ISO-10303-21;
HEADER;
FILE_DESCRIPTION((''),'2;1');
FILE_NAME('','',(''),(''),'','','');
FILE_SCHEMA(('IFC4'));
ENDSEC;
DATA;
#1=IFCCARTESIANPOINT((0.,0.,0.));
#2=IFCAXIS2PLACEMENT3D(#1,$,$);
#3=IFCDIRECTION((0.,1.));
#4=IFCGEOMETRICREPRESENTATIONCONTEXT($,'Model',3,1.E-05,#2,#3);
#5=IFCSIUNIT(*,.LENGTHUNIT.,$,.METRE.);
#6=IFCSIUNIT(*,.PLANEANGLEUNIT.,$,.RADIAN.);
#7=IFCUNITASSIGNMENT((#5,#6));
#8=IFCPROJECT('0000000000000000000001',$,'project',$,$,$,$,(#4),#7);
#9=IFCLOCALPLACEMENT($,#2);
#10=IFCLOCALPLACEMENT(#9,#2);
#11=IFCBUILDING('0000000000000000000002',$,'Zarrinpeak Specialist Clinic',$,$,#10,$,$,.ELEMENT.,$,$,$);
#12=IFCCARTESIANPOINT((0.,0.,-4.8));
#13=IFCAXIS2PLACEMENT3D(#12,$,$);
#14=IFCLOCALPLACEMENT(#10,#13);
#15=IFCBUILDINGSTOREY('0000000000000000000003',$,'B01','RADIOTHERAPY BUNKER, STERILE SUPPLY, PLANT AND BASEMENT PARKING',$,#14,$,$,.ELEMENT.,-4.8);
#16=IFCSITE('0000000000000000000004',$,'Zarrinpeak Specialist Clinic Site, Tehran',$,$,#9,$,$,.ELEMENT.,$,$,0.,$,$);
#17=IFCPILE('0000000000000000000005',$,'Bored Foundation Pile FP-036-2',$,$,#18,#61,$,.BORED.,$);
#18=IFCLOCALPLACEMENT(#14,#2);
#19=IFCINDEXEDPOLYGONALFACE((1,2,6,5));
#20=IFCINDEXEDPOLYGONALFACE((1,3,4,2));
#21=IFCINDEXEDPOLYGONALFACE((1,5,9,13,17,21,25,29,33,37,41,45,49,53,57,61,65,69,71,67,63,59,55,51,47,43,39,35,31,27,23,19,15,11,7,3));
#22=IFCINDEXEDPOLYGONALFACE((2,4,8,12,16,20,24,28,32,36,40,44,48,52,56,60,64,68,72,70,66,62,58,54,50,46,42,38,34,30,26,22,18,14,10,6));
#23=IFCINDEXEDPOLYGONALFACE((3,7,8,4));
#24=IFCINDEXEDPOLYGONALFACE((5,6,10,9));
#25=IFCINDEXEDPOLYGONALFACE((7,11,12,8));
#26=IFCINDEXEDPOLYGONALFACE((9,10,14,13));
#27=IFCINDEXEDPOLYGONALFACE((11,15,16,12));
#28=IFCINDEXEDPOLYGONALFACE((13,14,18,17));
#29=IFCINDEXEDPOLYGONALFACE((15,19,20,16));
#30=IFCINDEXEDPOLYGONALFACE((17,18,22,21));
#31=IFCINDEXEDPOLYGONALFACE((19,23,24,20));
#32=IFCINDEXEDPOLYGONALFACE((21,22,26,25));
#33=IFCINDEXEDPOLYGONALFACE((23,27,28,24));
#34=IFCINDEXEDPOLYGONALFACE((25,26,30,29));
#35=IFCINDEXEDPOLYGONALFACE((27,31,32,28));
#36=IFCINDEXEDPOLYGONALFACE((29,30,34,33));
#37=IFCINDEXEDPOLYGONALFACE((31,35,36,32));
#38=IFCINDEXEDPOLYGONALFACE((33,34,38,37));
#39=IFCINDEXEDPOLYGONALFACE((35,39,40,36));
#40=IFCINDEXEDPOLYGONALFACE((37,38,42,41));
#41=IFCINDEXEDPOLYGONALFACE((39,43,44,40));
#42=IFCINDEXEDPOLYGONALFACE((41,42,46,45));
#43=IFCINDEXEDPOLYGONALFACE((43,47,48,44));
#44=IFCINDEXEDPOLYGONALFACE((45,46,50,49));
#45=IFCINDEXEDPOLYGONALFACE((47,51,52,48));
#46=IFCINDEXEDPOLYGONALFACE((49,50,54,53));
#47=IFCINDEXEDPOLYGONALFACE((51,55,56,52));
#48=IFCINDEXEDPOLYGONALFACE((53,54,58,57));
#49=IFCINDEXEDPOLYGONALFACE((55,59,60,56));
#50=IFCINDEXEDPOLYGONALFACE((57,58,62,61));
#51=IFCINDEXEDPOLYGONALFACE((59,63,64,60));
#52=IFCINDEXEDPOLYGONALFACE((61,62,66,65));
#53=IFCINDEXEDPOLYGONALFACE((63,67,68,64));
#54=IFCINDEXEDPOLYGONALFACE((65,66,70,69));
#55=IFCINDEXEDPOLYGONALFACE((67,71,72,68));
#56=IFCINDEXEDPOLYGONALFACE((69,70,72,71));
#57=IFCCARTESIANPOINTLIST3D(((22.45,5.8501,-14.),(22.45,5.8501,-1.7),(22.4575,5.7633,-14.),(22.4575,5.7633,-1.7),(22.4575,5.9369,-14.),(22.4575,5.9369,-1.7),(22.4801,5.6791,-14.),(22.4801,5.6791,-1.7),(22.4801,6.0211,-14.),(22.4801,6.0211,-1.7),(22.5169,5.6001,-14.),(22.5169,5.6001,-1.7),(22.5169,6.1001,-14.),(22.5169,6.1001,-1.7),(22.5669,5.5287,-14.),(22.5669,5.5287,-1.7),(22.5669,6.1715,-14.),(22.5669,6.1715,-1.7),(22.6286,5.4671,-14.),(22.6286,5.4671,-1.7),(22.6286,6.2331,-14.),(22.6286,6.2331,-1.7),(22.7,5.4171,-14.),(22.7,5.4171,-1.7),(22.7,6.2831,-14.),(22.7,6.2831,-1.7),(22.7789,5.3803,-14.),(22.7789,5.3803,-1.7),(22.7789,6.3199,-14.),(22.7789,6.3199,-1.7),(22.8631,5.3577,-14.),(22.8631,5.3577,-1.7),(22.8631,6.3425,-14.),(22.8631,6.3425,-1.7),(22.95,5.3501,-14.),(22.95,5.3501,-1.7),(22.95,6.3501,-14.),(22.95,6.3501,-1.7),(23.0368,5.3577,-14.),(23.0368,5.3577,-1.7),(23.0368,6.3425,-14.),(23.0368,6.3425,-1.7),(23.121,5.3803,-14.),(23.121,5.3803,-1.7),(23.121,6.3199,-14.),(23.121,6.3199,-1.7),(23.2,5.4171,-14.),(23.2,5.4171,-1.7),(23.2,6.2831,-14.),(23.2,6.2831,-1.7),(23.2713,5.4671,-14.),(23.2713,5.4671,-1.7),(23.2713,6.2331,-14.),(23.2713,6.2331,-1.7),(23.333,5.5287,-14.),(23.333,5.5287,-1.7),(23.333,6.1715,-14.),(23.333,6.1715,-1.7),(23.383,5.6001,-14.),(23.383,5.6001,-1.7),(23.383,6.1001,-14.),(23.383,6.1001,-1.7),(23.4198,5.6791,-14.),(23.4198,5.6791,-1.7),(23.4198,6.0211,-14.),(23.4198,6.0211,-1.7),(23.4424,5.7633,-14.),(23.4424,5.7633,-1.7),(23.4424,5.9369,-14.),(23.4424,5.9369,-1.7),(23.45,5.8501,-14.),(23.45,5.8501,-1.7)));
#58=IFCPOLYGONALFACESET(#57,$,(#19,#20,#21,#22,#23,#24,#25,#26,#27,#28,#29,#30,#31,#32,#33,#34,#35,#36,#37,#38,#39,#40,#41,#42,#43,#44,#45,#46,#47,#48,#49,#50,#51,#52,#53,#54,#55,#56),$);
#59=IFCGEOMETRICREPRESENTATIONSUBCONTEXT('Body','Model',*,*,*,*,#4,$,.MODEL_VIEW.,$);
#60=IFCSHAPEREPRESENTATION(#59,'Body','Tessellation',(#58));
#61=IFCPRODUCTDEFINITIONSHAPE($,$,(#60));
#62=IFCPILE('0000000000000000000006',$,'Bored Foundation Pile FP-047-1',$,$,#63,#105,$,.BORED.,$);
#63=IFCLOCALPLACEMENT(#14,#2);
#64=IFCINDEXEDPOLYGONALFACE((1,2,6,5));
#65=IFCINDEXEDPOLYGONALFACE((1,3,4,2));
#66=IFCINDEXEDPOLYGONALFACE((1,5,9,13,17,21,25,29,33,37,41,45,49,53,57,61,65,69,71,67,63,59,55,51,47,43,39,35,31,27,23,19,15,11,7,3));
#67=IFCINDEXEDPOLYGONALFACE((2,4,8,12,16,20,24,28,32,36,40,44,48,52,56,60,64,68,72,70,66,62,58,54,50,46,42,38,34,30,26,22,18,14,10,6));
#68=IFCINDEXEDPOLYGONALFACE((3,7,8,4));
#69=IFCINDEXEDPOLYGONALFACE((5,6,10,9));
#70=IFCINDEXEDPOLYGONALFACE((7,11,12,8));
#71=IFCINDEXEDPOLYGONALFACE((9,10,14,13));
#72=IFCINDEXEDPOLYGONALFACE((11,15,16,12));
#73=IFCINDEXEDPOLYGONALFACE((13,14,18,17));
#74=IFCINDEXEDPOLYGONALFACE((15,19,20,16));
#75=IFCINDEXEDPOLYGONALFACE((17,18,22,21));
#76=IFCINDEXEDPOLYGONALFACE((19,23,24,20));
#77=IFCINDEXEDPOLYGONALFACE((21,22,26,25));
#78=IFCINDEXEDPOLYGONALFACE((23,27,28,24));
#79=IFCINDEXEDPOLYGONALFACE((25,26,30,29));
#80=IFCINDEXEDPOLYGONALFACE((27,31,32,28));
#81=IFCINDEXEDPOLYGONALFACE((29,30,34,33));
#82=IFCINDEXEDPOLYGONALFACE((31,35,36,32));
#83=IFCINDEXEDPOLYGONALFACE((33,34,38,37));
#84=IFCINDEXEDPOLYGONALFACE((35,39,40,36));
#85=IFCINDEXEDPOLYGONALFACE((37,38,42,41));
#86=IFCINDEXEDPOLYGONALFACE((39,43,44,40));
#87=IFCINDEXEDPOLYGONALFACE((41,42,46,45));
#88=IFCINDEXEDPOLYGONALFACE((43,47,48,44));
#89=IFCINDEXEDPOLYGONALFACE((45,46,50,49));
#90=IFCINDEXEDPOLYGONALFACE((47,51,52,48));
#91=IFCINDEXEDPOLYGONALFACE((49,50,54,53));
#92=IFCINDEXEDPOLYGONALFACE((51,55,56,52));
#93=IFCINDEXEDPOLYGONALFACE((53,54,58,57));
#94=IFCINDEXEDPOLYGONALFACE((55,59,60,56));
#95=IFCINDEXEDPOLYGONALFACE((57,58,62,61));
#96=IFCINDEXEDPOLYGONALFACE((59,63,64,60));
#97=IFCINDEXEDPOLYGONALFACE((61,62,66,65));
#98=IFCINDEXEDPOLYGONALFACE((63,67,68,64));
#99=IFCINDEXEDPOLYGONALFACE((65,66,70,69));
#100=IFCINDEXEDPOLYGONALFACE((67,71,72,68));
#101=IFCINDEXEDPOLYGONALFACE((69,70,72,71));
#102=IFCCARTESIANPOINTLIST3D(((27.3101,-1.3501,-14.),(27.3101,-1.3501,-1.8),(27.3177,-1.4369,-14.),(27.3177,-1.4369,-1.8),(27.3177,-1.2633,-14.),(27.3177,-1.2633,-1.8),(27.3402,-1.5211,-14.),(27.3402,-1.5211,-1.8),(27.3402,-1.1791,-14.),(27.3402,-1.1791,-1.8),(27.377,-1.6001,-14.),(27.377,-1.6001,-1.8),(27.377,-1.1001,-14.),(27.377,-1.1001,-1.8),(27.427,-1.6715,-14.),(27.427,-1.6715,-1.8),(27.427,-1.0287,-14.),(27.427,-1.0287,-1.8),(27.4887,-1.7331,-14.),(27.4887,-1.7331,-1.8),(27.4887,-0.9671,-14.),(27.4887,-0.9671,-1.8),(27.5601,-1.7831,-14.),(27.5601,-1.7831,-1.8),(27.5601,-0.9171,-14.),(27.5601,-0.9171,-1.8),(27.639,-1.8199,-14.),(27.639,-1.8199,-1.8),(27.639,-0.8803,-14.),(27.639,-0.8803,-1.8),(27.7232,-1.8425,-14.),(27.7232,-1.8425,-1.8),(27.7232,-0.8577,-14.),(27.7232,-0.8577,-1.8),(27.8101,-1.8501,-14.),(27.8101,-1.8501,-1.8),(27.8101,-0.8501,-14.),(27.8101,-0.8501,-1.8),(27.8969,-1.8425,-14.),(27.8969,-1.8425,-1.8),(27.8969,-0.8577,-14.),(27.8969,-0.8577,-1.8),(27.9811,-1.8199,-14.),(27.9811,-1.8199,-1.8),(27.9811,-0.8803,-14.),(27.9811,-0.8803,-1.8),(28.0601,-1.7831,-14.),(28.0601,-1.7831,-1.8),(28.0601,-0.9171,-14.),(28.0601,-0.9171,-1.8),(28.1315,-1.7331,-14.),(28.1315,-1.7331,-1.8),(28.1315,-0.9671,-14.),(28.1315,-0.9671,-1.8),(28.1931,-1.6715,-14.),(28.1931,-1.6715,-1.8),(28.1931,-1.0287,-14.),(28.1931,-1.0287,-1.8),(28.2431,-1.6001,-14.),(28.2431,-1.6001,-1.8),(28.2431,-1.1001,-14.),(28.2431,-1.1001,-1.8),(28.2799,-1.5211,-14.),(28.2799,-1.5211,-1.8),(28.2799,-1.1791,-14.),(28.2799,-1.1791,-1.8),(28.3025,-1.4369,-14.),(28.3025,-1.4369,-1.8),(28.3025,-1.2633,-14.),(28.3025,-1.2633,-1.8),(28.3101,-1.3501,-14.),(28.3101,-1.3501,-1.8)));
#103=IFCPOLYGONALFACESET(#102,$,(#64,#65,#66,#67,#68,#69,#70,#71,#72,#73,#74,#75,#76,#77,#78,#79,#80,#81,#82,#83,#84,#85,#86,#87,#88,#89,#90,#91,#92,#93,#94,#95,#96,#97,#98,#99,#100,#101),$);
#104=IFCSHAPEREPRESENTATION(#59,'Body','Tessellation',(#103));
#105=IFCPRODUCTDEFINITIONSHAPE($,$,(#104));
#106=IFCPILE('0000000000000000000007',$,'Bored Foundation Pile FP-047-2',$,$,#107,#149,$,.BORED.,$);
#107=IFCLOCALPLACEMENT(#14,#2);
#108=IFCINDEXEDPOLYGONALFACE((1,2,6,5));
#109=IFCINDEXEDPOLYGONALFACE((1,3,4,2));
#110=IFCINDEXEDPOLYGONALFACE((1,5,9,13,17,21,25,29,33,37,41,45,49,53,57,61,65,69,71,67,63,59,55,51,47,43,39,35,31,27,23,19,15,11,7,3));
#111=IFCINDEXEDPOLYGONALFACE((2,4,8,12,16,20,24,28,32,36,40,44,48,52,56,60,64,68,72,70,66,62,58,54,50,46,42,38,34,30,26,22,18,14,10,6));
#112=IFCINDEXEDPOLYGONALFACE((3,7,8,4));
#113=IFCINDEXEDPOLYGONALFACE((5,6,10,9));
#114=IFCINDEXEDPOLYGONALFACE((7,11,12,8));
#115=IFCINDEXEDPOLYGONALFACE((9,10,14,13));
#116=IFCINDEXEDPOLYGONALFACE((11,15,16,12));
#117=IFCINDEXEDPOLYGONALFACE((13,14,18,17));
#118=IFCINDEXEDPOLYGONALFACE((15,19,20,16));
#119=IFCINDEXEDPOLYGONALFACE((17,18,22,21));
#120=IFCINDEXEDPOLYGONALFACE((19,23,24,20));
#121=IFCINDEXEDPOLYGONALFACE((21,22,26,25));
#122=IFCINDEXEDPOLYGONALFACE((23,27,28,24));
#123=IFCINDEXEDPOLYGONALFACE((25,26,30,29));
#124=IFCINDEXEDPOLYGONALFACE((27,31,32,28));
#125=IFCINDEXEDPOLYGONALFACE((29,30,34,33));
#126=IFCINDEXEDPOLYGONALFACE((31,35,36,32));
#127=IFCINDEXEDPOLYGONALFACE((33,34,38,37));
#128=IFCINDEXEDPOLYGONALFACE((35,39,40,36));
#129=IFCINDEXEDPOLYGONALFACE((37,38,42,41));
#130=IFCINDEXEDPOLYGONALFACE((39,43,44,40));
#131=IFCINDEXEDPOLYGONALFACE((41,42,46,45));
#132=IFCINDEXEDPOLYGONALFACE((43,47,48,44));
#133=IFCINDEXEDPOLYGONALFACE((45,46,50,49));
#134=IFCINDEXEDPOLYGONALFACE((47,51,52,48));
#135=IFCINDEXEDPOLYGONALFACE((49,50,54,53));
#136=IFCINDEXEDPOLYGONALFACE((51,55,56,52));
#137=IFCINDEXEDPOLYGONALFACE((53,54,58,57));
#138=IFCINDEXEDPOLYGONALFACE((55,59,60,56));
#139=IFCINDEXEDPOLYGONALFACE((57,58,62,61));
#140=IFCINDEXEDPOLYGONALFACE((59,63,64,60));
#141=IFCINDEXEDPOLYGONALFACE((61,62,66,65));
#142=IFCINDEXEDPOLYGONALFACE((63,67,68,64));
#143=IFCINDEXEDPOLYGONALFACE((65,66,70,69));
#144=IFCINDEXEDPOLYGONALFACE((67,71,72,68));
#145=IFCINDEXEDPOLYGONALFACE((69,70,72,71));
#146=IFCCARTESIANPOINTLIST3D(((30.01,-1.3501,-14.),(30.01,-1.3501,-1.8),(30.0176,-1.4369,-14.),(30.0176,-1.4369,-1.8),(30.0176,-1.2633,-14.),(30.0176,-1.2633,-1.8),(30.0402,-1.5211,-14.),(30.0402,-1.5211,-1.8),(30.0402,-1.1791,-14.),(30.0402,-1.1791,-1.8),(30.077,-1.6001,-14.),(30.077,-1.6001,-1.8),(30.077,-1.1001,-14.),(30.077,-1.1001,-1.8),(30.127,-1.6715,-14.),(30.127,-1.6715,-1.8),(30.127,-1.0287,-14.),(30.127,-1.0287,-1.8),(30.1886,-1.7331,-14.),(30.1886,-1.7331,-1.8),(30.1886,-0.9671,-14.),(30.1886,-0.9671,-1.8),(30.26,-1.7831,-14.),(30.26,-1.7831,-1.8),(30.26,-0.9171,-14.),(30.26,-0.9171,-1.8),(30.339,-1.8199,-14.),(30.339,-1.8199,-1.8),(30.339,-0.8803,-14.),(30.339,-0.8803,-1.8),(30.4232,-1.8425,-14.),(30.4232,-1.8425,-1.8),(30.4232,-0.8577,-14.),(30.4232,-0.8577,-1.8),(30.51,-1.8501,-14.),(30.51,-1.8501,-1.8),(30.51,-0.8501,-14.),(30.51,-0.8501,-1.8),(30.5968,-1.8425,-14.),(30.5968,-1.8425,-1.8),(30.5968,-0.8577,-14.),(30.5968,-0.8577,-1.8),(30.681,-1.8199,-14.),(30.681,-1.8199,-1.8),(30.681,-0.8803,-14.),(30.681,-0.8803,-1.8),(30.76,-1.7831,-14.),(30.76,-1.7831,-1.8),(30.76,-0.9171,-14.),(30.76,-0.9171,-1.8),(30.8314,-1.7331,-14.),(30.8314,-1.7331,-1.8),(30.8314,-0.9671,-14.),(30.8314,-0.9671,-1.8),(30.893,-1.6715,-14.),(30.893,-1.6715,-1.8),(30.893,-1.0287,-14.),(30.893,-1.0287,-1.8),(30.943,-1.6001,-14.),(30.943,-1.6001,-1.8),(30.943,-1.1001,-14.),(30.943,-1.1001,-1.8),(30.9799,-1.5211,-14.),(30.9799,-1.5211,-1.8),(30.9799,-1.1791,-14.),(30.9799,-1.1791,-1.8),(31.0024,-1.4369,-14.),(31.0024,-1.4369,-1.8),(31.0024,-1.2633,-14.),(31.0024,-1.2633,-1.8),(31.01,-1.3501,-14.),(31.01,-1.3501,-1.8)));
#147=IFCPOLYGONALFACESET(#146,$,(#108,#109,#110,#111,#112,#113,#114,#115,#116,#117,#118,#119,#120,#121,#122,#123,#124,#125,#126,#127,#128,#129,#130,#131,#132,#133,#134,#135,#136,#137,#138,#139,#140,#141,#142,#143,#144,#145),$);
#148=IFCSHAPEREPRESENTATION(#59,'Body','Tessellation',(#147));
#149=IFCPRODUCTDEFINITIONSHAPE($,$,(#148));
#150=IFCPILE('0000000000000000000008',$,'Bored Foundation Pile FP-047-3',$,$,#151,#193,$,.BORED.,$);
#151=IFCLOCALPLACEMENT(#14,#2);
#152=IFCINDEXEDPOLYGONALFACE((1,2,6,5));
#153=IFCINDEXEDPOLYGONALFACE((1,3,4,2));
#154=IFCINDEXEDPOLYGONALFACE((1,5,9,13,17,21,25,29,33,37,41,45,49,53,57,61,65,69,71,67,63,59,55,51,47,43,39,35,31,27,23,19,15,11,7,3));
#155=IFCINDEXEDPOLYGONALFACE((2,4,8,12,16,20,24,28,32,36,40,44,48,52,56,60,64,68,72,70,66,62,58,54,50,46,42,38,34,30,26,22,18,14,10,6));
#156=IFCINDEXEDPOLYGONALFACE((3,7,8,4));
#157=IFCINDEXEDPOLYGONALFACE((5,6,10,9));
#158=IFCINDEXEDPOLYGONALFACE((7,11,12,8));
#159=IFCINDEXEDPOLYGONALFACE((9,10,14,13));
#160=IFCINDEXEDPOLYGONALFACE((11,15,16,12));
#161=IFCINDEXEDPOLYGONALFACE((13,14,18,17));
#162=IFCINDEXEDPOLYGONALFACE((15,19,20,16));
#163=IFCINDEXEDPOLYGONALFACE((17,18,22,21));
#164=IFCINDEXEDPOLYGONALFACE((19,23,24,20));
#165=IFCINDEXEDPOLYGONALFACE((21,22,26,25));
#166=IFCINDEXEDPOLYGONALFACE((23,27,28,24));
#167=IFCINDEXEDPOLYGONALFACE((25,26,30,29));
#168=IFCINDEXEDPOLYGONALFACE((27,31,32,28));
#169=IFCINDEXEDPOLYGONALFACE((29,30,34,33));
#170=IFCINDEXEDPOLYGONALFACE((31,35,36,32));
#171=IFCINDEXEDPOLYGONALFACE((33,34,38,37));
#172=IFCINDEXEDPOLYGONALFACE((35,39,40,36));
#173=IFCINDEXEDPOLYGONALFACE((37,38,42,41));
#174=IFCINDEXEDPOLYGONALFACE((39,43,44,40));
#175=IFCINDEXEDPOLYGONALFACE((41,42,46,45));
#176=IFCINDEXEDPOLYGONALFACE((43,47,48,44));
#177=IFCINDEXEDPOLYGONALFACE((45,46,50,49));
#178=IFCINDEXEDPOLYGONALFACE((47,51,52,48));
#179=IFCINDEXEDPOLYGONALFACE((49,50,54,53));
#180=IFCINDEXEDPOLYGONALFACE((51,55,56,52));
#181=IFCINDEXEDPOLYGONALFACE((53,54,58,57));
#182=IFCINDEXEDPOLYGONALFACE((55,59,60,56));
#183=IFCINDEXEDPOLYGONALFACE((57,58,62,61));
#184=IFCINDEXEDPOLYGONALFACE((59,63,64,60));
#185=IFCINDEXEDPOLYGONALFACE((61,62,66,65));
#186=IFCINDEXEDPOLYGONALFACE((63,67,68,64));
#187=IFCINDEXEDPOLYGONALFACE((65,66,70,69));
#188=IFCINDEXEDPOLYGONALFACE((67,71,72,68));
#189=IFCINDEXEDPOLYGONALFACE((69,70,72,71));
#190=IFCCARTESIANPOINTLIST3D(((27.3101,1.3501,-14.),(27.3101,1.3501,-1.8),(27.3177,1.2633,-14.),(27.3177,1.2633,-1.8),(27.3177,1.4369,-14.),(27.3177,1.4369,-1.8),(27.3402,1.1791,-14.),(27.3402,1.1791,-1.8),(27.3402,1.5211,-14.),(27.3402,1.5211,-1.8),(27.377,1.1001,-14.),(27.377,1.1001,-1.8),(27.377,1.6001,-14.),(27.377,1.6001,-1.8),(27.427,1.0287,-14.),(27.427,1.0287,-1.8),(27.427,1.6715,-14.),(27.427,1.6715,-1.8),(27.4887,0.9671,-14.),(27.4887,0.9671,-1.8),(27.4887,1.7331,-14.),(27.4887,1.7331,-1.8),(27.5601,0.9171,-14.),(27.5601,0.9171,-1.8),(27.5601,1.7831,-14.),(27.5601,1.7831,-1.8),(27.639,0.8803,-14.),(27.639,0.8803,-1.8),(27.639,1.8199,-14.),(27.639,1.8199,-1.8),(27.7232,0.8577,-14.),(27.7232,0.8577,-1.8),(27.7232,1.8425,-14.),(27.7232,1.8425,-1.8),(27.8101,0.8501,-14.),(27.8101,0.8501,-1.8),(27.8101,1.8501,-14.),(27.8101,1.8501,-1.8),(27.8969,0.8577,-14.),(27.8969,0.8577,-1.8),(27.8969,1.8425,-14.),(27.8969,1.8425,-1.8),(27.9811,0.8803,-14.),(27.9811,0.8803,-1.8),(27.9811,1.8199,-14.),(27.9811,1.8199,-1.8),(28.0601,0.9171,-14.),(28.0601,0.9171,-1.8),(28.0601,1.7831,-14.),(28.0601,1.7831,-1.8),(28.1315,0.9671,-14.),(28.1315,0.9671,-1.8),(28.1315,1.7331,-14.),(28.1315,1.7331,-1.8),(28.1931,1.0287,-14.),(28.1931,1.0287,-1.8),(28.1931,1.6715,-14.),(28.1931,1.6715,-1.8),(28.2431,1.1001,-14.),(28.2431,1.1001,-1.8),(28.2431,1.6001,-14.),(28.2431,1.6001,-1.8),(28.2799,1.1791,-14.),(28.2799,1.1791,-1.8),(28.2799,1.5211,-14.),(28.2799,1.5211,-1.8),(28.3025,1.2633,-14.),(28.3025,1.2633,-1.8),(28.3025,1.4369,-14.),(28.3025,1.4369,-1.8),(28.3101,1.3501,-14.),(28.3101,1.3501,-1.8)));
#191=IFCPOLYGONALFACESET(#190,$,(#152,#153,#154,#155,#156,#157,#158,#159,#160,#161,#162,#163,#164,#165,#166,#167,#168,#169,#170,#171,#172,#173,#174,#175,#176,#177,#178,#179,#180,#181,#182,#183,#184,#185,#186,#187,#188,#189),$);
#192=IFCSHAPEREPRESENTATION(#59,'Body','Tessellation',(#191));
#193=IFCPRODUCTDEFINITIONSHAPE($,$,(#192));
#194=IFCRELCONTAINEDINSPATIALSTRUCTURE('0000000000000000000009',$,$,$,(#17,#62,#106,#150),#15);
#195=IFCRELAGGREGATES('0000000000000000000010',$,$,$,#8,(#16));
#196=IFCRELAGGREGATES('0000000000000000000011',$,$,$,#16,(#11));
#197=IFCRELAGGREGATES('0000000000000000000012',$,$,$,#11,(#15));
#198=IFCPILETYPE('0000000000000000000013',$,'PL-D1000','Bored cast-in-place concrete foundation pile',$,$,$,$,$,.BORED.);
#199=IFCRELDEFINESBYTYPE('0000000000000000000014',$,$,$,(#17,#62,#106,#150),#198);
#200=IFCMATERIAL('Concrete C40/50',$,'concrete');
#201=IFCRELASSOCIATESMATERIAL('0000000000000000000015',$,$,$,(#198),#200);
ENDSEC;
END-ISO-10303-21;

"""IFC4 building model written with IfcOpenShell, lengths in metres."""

from ifc_helpers import new_model, si_unit, direction, frame, origin, origin_2d, place, context, subcontext, project, spatial, circle, extrude, material, material_profile, profile_set, type_object, element, save


model = new_model("IFC4")

# Units and contexts
model_context = context("Model", 3, precision=1e-05, world=origin(), true_north=direction((0.0, 1.0)))
body_context = subcontext(model_context, "Body", "Model", "MODEL_VIEW")
ifc_project = project(units=[si_unit("LENGTHUNIT", "METRE"), si_unit("PLANEANGLEUNIT", "RADIAN")], contexts=[model_context])

# Site, building, storey
site_placement = place(None, origin())
site = spatial("IfcSite", under=ifc_project, at=site_placement, Name="Zarrinpeak Specialist Clinic Site, Tehran", CompositionType="ELEMENT", RefElevation=0.0)
building_placement = place(site_placement, origin())
building = spatial("IfcBuilding", under=site, at=building_placement, Name="Zarrinpeak Specialist Clinic", CompositionType="ELEMENT")
storey_placement = place(building_placement, frame((0.0, 0.0, -4.8)))
storey = spatial("IfcBuildingStorey", under=building, at=storey_placement, Name="B01", Description="RADIOTHERAPY BUNKER, STERILE SUPPLY, PLANT AND BASEMENT PARKING", CompositionType="ELEMENT", Elevation=-4.8)

# Shared definitions
ifc_material_1 = material(Name="Concrete C40/50", Category="concrete")

# Piles
ifc_material_profile_1 = material_profile(ifc_material_1, circle(Radius=0.5, at=origin_2d()), Name="BORED PILE D1000")
ifc_profile_set_1 = profile_set([ifc_material_profile_1], Name="Concrete C40/50")
pile_type = type_object("IfcPileType", Name="PL-D1000", Description="Bored cast-in-place concrete foundation pile", PredefinedType="BORED", material=ifc_profile_set_1)
for number, where, z_axis, x_axis, name in (
    (1, (22.95, 5.8501, -1.7), (0.0, 0.0, -1.0), (1.0, 0.0, 0.0), "Bored Foundation Pile FP-036-2"),
):
    element("IfcPile", number, at=place(storey_placement, frame(where, z_axis=z_axis, x_axis=x_axis)), inside=storey, type_object=pile_type, Name=name, PredefinedType="BORED", context=body_context, shape_type="SweptSolid", body=[
        extrude(circle(Radius=0.5, at=origin_2d()), origin(), (0.0, 0.0, 1.0), 12.3),
    ])
for number, where, z_axis, x_axis, name in (
    (2, (27.8101, -1.3501, -1.8), (0.0, 0.0, -1.0), (1.0, 0.0, 0.0), "Bored Foundation Pile FP-047-1"),
    (3, (30.51, -1.3501, -1.8), (0.0, 0.0, -1.0), (1.0, 0.0, 0.0), "Bored Foundation Pile FP-047-2"),
    (4, (27.8101, 1.3501, -1.8), (0.0, 0.0, -1.0), (1.0, 0.0, 0.0), "Bored Foundation Pile FP-047-3"),
):
    element("IfcPile", number, at=place(storey_placement, frame(where, z_axis=z_axis, x_axis=x_axis)), inside=storey, type_object=pile_type, Name=name, PredefinedType="BORED", context=body_context, shape_type="SweptSolid", body=[
        extrude(circle(Radius=0.5, at=origin_2d()), origin(), (0.0, 0.0, 1.0), 12.2),
    ])

save(model, "model.ifc")
